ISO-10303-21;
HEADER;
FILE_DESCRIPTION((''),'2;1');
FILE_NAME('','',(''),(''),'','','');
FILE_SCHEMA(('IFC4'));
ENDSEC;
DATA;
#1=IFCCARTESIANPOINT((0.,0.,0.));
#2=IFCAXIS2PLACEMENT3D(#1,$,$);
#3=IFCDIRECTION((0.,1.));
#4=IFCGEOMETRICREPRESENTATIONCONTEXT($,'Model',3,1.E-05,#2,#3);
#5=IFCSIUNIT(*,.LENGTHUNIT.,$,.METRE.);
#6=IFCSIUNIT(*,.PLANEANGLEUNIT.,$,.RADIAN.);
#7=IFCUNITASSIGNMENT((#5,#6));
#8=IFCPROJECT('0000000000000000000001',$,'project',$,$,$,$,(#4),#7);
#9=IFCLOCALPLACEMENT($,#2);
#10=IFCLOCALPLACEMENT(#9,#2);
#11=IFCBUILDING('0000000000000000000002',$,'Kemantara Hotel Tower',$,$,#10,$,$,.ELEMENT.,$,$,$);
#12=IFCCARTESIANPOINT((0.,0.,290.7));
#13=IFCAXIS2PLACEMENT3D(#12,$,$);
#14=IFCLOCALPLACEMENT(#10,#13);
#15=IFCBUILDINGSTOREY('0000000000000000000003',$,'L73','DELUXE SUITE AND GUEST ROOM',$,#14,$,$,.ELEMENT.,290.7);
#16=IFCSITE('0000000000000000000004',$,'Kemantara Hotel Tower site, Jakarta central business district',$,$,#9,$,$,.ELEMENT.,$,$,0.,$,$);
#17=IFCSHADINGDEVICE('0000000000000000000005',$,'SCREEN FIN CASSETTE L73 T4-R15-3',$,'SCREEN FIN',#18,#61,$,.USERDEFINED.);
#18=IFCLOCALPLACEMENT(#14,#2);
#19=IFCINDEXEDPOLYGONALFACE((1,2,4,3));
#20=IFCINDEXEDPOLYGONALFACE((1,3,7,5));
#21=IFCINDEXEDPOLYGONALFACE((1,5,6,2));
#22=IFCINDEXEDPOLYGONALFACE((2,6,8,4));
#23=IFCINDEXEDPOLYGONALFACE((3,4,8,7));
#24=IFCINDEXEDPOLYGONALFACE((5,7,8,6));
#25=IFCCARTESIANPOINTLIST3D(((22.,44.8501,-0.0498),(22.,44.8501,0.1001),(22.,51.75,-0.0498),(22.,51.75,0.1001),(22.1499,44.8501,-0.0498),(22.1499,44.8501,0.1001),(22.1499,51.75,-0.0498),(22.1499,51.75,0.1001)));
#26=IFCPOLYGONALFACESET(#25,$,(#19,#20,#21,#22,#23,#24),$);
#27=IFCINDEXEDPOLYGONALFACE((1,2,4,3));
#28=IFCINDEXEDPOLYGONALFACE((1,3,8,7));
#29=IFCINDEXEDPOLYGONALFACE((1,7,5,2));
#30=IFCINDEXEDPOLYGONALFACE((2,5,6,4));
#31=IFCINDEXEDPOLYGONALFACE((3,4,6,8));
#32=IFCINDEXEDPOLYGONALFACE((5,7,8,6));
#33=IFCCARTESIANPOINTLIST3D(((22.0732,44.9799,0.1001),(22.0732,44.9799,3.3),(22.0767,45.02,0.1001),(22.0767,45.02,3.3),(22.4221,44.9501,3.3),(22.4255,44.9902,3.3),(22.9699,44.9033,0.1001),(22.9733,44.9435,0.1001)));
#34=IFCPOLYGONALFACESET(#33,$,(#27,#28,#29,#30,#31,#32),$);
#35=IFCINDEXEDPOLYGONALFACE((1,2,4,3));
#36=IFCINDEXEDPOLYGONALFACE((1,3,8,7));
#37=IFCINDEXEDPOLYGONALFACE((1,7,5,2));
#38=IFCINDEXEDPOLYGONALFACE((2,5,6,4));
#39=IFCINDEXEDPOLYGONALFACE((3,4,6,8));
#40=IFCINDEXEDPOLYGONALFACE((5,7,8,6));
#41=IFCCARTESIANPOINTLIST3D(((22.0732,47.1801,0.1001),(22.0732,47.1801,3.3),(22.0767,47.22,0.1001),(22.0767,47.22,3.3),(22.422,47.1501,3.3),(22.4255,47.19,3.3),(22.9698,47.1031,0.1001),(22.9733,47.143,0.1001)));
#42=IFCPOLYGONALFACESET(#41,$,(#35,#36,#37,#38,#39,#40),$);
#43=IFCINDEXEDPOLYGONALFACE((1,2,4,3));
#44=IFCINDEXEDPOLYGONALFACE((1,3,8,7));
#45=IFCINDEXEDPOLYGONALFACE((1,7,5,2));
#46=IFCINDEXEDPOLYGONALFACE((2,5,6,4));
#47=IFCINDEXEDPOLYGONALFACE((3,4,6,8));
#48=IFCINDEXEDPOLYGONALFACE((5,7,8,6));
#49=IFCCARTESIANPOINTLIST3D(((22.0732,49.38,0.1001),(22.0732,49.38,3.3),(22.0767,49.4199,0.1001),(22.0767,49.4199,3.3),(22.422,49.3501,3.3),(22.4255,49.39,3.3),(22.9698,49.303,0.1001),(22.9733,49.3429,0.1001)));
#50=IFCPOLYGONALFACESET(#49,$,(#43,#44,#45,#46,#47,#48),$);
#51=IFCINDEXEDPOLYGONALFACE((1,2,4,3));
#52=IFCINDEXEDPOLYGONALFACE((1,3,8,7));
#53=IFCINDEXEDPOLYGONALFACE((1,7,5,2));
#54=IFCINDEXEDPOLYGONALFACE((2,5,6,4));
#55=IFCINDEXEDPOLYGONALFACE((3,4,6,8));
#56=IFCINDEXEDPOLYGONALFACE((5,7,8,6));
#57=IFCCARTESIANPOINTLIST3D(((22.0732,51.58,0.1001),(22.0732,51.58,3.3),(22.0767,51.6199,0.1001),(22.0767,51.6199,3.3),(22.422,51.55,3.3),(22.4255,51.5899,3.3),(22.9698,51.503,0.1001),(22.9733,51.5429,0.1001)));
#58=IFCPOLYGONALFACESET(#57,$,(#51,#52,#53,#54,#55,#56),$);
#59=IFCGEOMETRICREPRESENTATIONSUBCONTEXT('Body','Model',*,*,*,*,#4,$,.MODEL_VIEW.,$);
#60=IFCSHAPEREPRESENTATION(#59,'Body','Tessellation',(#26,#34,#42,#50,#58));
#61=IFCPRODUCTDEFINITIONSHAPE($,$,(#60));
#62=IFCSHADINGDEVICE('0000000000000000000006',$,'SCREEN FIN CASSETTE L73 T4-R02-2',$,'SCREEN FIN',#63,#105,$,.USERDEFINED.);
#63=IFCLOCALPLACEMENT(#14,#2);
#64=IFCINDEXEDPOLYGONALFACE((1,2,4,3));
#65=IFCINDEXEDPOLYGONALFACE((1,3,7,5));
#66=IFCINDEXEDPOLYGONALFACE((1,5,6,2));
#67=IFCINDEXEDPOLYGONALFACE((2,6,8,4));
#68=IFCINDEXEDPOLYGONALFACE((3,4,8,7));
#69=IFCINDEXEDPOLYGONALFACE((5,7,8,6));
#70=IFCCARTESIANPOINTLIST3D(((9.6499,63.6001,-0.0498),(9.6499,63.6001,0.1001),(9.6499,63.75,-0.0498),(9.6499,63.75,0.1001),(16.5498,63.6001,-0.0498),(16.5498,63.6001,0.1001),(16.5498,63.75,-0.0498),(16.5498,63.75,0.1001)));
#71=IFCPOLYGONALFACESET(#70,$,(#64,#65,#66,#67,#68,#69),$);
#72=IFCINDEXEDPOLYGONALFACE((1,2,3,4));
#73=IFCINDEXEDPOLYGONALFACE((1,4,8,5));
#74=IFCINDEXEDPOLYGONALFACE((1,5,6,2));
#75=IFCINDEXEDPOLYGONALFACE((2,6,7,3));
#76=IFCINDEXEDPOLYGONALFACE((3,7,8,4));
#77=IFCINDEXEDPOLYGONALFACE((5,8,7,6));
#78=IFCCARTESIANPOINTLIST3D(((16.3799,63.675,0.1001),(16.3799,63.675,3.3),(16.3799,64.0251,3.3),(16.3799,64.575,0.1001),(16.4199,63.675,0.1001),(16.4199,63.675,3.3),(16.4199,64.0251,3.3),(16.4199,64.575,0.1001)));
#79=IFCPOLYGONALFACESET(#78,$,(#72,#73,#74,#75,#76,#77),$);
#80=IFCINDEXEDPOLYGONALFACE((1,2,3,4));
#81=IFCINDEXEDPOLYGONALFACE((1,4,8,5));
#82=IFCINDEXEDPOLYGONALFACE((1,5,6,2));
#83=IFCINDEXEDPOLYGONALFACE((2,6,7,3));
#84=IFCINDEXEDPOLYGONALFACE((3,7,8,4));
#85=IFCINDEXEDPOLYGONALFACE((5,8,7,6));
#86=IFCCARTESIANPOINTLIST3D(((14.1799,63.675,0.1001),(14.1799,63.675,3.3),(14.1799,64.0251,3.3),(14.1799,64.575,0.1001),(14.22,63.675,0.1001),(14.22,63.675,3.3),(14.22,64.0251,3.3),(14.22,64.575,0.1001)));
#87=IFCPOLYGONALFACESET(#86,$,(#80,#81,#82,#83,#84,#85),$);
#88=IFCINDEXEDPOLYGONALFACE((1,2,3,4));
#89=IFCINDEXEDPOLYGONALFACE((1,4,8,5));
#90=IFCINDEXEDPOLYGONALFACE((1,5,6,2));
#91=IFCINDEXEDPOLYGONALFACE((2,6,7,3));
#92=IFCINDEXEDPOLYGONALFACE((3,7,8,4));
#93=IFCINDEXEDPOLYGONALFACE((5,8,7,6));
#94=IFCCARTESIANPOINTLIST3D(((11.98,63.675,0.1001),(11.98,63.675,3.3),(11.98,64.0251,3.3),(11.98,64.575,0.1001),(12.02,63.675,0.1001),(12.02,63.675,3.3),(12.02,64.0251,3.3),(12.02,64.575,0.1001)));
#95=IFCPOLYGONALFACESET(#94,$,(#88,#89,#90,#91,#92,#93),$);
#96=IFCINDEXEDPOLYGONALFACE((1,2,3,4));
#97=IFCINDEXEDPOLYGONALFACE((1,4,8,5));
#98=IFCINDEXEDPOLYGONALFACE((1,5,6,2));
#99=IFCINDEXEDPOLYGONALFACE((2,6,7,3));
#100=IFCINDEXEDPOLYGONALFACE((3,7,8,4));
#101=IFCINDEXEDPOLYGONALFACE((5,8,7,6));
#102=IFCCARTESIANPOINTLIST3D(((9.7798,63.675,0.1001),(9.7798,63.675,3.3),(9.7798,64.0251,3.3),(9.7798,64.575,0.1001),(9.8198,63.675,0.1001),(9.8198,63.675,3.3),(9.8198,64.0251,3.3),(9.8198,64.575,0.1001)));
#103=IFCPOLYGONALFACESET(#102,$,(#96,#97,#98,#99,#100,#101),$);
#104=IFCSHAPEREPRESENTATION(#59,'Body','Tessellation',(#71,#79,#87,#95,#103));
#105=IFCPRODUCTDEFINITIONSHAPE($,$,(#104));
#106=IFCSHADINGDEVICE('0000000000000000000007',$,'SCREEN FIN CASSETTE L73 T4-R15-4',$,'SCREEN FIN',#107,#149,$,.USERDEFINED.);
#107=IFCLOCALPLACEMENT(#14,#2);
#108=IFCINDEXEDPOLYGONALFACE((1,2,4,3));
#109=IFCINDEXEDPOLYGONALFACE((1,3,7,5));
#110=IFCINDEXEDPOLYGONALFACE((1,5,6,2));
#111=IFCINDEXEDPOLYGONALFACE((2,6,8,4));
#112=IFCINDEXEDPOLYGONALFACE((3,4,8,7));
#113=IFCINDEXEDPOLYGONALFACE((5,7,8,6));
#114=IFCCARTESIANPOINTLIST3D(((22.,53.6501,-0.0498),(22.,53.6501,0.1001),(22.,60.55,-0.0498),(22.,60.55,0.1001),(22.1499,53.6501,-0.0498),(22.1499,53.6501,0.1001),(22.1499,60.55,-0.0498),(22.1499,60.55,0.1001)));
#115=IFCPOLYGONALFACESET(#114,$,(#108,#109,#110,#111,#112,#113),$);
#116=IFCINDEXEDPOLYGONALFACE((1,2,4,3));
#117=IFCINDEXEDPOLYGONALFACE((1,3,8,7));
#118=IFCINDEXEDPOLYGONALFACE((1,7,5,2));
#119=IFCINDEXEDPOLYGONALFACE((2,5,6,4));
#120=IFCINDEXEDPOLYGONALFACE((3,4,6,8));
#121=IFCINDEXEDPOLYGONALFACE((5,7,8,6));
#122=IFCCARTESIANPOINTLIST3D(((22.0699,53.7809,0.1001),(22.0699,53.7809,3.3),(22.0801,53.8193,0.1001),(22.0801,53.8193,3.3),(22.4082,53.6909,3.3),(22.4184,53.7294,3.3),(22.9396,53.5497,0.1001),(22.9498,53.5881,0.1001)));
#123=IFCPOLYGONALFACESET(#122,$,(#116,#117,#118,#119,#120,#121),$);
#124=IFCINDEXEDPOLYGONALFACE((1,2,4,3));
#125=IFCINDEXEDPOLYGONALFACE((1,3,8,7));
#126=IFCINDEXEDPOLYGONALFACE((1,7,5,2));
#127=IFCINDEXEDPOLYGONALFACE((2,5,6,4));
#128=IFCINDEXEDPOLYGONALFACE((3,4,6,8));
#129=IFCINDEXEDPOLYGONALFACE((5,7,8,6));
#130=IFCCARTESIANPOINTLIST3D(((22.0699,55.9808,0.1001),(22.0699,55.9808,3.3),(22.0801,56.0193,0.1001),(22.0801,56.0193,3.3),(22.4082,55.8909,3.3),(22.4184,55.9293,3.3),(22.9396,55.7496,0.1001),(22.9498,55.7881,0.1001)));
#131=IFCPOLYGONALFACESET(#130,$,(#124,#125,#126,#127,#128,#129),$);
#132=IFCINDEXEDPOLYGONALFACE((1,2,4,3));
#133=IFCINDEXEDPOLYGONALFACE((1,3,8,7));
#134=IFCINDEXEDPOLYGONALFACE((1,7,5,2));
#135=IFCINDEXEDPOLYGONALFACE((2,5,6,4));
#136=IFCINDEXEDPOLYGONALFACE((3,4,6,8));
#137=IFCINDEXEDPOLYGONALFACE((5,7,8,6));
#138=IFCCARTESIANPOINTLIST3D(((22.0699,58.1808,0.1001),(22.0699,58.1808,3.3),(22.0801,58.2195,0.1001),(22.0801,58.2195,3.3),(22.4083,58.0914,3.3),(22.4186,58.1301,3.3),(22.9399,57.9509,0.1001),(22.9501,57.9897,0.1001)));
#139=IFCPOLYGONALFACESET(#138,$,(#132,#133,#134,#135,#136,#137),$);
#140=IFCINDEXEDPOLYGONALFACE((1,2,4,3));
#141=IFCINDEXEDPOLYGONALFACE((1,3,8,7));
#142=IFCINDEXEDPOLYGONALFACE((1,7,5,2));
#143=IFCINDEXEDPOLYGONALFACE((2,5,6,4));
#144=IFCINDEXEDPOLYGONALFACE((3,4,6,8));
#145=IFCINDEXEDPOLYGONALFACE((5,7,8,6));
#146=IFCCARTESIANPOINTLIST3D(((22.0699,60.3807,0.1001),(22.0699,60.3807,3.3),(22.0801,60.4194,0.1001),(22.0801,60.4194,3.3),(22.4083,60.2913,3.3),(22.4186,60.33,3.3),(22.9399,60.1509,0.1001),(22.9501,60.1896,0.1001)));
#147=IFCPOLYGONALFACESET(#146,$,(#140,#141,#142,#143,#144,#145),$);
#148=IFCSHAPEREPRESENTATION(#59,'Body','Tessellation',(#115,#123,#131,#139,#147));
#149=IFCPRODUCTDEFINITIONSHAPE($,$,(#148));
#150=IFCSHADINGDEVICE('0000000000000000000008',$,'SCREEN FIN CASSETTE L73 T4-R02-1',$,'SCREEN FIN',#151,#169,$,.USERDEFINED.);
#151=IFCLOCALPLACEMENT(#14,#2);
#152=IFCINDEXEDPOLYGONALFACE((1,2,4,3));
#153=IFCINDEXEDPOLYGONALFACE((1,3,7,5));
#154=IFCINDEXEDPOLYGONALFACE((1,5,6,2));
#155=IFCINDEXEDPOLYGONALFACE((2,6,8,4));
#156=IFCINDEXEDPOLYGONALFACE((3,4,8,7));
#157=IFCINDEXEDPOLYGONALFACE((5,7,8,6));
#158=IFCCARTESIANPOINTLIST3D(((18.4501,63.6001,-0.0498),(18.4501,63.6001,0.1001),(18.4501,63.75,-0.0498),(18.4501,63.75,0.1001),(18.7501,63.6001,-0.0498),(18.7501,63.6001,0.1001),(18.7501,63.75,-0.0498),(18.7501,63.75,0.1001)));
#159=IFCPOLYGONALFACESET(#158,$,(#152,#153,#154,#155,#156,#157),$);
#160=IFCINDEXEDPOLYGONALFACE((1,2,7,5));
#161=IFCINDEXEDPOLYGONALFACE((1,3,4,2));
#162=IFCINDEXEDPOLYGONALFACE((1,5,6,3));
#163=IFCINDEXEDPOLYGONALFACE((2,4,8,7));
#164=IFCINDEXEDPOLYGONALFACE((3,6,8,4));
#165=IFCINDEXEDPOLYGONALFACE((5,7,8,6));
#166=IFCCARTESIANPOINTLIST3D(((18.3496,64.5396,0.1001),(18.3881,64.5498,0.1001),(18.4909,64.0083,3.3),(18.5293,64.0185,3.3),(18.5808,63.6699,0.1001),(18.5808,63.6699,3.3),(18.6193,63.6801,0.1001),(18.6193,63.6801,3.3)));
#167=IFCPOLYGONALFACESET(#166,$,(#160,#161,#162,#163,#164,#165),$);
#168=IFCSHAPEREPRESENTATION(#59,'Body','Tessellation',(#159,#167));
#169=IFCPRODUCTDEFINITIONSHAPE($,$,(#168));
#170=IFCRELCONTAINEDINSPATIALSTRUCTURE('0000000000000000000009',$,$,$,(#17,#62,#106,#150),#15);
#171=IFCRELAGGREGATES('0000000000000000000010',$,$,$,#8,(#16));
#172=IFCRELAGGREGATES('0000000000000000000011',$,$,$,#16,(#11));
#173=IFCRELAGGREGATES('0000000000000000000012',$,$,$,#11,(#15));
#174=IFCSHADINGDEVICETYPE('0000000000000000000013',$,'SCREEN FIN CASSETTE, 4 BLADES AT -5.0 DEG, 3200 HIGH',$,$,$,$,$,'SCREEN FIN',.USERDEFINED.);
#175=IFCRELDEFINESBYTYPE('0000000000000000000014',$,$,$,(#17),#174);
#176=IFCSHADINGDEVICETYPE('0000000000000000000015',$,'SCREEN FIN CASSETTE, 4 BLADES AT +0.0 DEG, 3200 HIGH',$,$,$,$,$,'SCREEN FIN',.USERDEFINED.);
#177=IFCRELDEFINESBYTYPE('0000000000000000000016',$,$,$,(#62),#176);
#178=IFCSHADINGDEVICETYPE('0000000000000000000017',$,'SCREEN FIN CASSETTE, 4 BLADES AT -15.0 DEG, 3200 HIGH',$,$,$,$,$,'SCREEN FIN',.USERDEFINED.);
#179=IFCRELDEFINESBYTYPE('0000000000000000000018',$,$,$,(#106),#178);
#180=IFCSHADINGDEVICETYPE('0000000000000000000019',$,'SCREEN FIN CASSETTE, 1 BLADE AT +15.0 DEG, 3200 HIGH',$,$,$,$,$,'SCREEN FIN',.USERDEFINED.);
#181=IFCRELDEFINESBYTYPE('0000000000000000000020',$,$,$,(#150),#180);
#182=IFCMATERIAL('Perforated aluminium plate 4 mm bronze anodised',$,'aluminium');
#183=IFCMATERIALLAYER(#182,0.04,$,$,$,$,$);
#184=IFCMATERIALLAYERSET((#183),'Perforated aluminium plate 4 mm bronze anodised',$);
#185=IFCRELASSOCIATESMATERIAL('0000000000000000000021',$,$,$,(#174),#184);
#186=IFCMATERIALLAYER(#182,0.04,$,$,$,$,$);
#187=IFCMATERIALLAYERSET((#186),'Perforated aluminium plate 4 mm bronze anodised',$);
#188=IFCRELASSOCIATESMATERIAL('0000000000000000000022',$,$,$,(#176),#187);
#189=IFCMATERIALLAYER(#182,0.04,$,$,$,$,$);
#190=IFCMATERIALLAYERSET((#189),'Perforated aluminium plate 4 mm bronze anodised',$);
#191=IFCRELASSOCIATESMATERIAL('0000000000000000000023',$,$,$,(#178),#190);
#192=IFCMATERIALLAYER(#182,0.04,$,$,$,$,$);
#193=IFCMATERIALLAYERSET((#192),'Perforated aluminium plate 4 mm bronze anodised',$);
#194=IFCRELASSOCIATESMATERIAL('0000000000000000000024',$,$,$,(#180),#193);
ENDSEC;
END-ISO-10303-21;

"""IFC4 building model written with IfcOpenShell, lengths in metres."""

from ifc_helpers import new_model, si_unit, direction, frame, origin, origin_2d, place, context, subcontext, project, spatial, polyline, rectangle, outline, extrude, source, transform, mapped, material, layer, layer_set, type_object, element, save


model = new_model("IFC4")

# Units and contexts
model_context = context("Model", 3, precision=1e-05, world=origin(), true_north=direction((0.0, 1.0)))
body_context = subcontext(model_context, "Body", "Model", "MODEL_VIEW")
ifc_project = project(units=[si_unit("LENGTHUNIT", "METRE"), si_unit("PLANEANGLEUNIT", "RADIAN")], contexts=[model_context])

# Site, building, storey
site_placement = place(None, origin())
site = spatial("IfcSite", under=ifc_project, at=site_placement, Name="Kemantara Hotel Tower site, Jakarta central business district", CompositionType="ELEMENT", RefElevation=0.0)
building_placement = place(site_placement, origin())
building = spatial("IfcBuilding", under=site, at=building_placement, Name="Kemantara Hotel Tower", CompositionType="ELEMENT")
storey_placement = place(building_placement, frame((0.0, 0.0, 290.7)))
storey = spatial("IfcBuildingStorey", under=building, at=storey_placement, Name="L73", Description="DELUXE SUITE AND GUEST ROOM", CompositionType="ELEMENT", Elevation=290.7)

# Shading devices
ifc_material_1 = material(Name="Perforated aluminium plate 4 mm bronze anodised", Category="aluminium")
ifc_layer_1 = layer(ifc_material_1, 0.04)
ifc_layer_set_1 = layer_set([ifc_layer_1], Name="Perforated aluminium plate 4 mm bronze anodised")
shading_device_type_1 = type_object("IfcShadingDeviceType", Name="SCREEN FIN CASSETTE, 4 BLADES AT -5.0 DEG, 3200 HIGH", ElementType="SCREEN FIN", PredefinedType="USERDEFINED", material=ifc_layer_set_1)
shared_shape_1 = source(origin(), body_context, "Body", "SweptSolid", [
    extrude(rectangle(XDim=6.8999, YDim=0.1499, at=origin_2d()), frame((3.3, -0.075, -0.1499), z_axis=(0.0, 0.0, 1.0), x_axis=(1.0, 0.0, 0.0)), (0.0, 0.0, 1.0), 0.1499),
    extrude(outline(polyline([(0.0, 0.0), (0.8999, 0.0), (0.3501, 3.2), (0.0, 3.2), (0.0, 0.0)])), frame((0.02, -0.0767, 0.0), z_axis=(-0.996376, 0.085056, 0.0), x_axis=(-0.085056, -0.996376, 0.0)), (0.0, 0.0, 1.0), 0.0403),
    extrude(outline(polyline([(0.0, 0.0), (0.8999, 0.0), (0.3501, 3.2), (0.0, 3.2), (0.0, 0.0)])), frame((2.22, -0.0767, 0.0), z_axis=(-0.996332, 0.085575, 0.0), x_axis=(-0.085575, -0.996332, 0.0)), (0.0, 0.0, 1.0), 0.04),
    extrude(outline(polyline([(0.0, 0.0), (0.8999, 0.0), (0.3501, 3.2), (0.0, 3.2), (0.0, 0.0)])), frame((4.4199, -0.0767, 0.0), z_axis=(-0.996332, 0.085575, 0.0), x_axis=(-0.085575, -0.996332, 0.0)), (0.0, 0.0, 1.0), 0.04),
    extrude(outline(polyline([(0.0, 0.0), (0.8999, 0.0), (0.3501, 3.2), (0.0, 3.2), (0.0, 0.0)])), frame((6.6199, -0.0767, 0.0), z_axis=(-0.996332, 0.085575, 0.0), x_axis=(-0.085575, -0.996332, 0.0)), (0.0, 0.0, 1.0), 0.04),
])
shading_device_1_placement = place(storey_placement, frame((22.0, 45.0, 0.1001), z_axis=(0.0, 0.0, 1.0), x_axis=(0.0, 1.0, 0.0)))
element("IfcShadingDevice", 1, at=shading_device_1_placement, inside=storey, type_object=shading_device_type_1, Name="SCREEN FIN CASSETTE L73 T4-R15-3", ObjectType="SCREEN FIN", PredefinedType="USERDEFINED", context=body_context, shape_type="MappedRepresentation", body=[
    mapped(shared_shape_1, transform((0.0, 0.0, 0.0))),
])
ifc_layer_2 = layer(ifc_material_1, 0.04)
ifc_layer_set_2 = layer_set([ifc_layer_2], Name="Perforated aluminium plate 4 mm bronze anodised")
shading_device_type_2 = type_object("IfcShadingDeviceType", Name="SCREEN FIN CASSETTE, 4 BLADES AT +0.0 DEG, 3200 HIGH", ElementType="SCREEN FIN", PredefinedType="USERDEFINED", material=ifc_layer_set_2)
shared_shape_2 = source(origin(), body_context, "Body", "SweptSolid", [
    extrude(rectangle(XDim=6.8999, YDim=0.1499, at=origin_2d()), frame((3.3, -0.075, -0.1499), z_axis=(0.0, 0.0, 1.0), x_axis=(1.0, 0.0, 0.0)), (0.0, 0.0, 1.0), 0.1499),
    extrude(outline(polyline([(0.0, 0.0), (0.8999, 0.0), (0.3501, 3.2), (0.0, 3.2), (0.0, 0.0)])), frame((0.02, -0.075, 0.0), z_axis=(-1.0, 0.0, 0.0), x_axis=(0.0, -1.0, 0.0)), (0.0, 0.0, 1.0), 0.04),
    extrude(outline(polyline([(0.0, 0.0), (0.8999, 0.0), (0.3501, 3.2), (0.0, 3.2), (0.0, 0.0)])), frame((2.22, -0.075, 0.0), z_axis=(-1.0, 0.0, 0.0), x_axis=(0.0, -1.0, 0.0)), (0.0, 0.0, 1.0), 0.04),
    extrude(outline(polyline([(0.0, 0.0), (0.8999, 0.0), (0.3501, 3.2), (0.0, 3.2), (0.0, 0.0)])), frame((4.4199, -0.075, 0.0), z_axis=(-1.0, 0.0, 0.0), x_axis=(0.0, -1.0, 0.0)), (0.0, 0.0, 1.0), 0.04),
    extrude(outline(polyline([(0.0, 0.0), (0.8999, 0.0), (0.3501, 3.2), (0.0, 3.2), (0.0, 0.0)])), frame((6.6201, -0.075, 0.0), z_axis=(-1.0, 0.0, 0.0), x_axis=(0.0, -1.0, 0.0)), (0.0, 0.0, 1.0), 0.04),
])
shading_device_2_placement = place(storey_placement, frame((16.3999, 63.6001, 0.1001), z_axis=(0.0, 0.0, 1.0), x_axis=(-1.0, 0.0, 0.0)))
element("IfcShadingDevice", 2, at=shading_device_2_placement, inside=storey, type_object=shading_device_type_2, Name="SCREEN FIN CASSETTE L73 T4-R02-2", ObjectType="SCREEN FIN", PredefinedType="USERDEFINED", context=body_context, shape_type="MappedRepresentation", body=[
    mapped(shared_shape_2, transform((0.0, 0.0, 0.0))),
])
ifc_layer_3 = layer(ifc_material_1, 0.04)
ifc_layer_set_3 = layer_set([ifc_layer_3], Name="Perforated aluminium plate 4 mm bronze anodised")
shading_device_type_3 = type_object("IfcShadingDeviceType", Name="SCREEN FIN CASSETTE, 4 BLADES AT -15.0 DEG, 3200 HIGH", ElementType="SCREEN FIN", PredefinedType="USERDEFINED", material=ifc_layer_set_3)
shared_shape_3 = source(origin(), body_context, "Body", "SweptSolid", [
    extrude(rectangle(XDim=6.8999, YDim=0.1499, at=origin_2d()), frame((3.3, -0.075, -0.1499), z_axis=(0.0, 0.0, 1.0), x_axis=(1.0, 0.0, 0.0)), (0.0, 0.0, 1.0), 0.1499),
    extrude(outline(polyline([(0.0, 0.0), (0.8999, 0.0), (0.3501, 3.2), (0.0, 3.2), (0.0, 0.0)])), frame((0.0193, -0.0801, 0.0), z_axis=(-0.966438, 0.256901, 0.0), x_axis=(-0.256901, -0.966438, 0.0)), (0.0, 0.0, 1.0), 0.0398),
    extrude(outline(polyline([(0.0, 0.0), (0.8999, 0.0), (0.3501, 3.2), (0.0, 3.2), (0.0, 0.0)])), frame((2.2192, -0.0801, 0.0), z_axis=(-0.966438, 0.256901, 0.0), x_axis=(-0.256901, -0.966438, 0.0)), (0.0, 0.0, 1.0), 0.0398),
    extrude(outline(polyline([(0.0, 0.0), (0.8999, 0.0), (0.3501, 3.2), (0.0, 3.2), (0.0, 0.0)])), frame((4.4194, -0.0801, 0.0), z_axis=(-0.966838, 0.255391, 0.0), x_axis=(-0.255391, -0.966838, 0.0)), (0.0, 0.0, 1.0), 0.04),
    extrude(outline(polyline([(0.0, 0.0), (0.8999, 0.0), (0.3501, 3.2), (0.0, 3.2), (0.0, 0.0)])), frame((6.6194, -0.0801, 0.0), z_axis=(-0.966838, 0.255391, 0.0), x_axis=(-0.255391, -0.966838, 0.0)), (0.0, 0.0, 1.0), 0.04),
])
shading_device_3_placement = place(storey_placement, frame((22.0, 53.8, 0.1001), z_axis=(0.0, 0.0, 1.0), x_axis=(0.0, 1.0, 0.0)))
element("IfcShadingDevice", 3, at=shading_device_3_placement, inside=storey, type_object=shading_device_type_3, Name="SCREEN FIN CASSETTE L73 T4-R15-4", ObjectType="SCREEN FIN", PredefinedType="USERDEFINED", context=body_context, shape_type="MappedRepresentation", body=[
    mapped(shared_shape_3, transform((0.0, 0.0, 0.0))),
])
ifc_layer_4 = layer(ifc_material_1, 0.04)
ifc_layer_set_4 = layer_set([ifc_layer_4], Name="Perforated aluminium plate 4 mm bronze anodised")
shading_device_type_4 = type_object("IfcShadingDeviceType", Name="SCREEN FIN CASSETTE, 1 BLADE AT +15.0 DEG, 3200 HIGH", ElementType="SCREEN FIN", PredefinedType="USERDEFINED", material=ifc_layer_set_4)
shared_shape_4 = source(origin(), body_context, "Body", "SweptSolid", [
    extrude(rectangle(XDim=0.3, YDim=0.1499, at=origin_2d()), frame((0.0, -0.075, -0.1499), z_axis=(0.0, 0.0, 1.0), x_axis=(1.0, 0.0, 0.0)), (0.0, 0.0, 1.0), 0.1499),
    extrude(outline(polyline([(0.0, 0.0), (0.8999, 0.0), (0.3501, 3.2), (0.0, 3.2), (0.0, 0.0)])), frame((0.0193, -0.0698, 0.0), z_axis=(-0.966438, -0.256901, 0.0), x_axis=(0.256901, -0.966438, 0.0)), (0.0, 0.0, 1.0), 0.0398),
])
shading_device_4_placement = place(storey_placement, frame((18.6001, 63.6001, 0.1001), z_axis=(0.0, 0.0, 1.0), x_axis=(-1.0, 0.0, 0.0)))
element("IfcShadingDevice", 4, at=shading_device_4_placement, inside=storey, type_object=shading_device_type_4, Name="SCREEN FIN CASSETTE L73 T4-R02-1", ObjectType="SCREEN FIN", PredefinedType="USERDEFINED", context=body_context, shape_type="MappedRepresentation", body=[
    mapped(shared_shape_4, transform((0.0, 0.0, 0.0))),
])

save(model, "model.ifc")
